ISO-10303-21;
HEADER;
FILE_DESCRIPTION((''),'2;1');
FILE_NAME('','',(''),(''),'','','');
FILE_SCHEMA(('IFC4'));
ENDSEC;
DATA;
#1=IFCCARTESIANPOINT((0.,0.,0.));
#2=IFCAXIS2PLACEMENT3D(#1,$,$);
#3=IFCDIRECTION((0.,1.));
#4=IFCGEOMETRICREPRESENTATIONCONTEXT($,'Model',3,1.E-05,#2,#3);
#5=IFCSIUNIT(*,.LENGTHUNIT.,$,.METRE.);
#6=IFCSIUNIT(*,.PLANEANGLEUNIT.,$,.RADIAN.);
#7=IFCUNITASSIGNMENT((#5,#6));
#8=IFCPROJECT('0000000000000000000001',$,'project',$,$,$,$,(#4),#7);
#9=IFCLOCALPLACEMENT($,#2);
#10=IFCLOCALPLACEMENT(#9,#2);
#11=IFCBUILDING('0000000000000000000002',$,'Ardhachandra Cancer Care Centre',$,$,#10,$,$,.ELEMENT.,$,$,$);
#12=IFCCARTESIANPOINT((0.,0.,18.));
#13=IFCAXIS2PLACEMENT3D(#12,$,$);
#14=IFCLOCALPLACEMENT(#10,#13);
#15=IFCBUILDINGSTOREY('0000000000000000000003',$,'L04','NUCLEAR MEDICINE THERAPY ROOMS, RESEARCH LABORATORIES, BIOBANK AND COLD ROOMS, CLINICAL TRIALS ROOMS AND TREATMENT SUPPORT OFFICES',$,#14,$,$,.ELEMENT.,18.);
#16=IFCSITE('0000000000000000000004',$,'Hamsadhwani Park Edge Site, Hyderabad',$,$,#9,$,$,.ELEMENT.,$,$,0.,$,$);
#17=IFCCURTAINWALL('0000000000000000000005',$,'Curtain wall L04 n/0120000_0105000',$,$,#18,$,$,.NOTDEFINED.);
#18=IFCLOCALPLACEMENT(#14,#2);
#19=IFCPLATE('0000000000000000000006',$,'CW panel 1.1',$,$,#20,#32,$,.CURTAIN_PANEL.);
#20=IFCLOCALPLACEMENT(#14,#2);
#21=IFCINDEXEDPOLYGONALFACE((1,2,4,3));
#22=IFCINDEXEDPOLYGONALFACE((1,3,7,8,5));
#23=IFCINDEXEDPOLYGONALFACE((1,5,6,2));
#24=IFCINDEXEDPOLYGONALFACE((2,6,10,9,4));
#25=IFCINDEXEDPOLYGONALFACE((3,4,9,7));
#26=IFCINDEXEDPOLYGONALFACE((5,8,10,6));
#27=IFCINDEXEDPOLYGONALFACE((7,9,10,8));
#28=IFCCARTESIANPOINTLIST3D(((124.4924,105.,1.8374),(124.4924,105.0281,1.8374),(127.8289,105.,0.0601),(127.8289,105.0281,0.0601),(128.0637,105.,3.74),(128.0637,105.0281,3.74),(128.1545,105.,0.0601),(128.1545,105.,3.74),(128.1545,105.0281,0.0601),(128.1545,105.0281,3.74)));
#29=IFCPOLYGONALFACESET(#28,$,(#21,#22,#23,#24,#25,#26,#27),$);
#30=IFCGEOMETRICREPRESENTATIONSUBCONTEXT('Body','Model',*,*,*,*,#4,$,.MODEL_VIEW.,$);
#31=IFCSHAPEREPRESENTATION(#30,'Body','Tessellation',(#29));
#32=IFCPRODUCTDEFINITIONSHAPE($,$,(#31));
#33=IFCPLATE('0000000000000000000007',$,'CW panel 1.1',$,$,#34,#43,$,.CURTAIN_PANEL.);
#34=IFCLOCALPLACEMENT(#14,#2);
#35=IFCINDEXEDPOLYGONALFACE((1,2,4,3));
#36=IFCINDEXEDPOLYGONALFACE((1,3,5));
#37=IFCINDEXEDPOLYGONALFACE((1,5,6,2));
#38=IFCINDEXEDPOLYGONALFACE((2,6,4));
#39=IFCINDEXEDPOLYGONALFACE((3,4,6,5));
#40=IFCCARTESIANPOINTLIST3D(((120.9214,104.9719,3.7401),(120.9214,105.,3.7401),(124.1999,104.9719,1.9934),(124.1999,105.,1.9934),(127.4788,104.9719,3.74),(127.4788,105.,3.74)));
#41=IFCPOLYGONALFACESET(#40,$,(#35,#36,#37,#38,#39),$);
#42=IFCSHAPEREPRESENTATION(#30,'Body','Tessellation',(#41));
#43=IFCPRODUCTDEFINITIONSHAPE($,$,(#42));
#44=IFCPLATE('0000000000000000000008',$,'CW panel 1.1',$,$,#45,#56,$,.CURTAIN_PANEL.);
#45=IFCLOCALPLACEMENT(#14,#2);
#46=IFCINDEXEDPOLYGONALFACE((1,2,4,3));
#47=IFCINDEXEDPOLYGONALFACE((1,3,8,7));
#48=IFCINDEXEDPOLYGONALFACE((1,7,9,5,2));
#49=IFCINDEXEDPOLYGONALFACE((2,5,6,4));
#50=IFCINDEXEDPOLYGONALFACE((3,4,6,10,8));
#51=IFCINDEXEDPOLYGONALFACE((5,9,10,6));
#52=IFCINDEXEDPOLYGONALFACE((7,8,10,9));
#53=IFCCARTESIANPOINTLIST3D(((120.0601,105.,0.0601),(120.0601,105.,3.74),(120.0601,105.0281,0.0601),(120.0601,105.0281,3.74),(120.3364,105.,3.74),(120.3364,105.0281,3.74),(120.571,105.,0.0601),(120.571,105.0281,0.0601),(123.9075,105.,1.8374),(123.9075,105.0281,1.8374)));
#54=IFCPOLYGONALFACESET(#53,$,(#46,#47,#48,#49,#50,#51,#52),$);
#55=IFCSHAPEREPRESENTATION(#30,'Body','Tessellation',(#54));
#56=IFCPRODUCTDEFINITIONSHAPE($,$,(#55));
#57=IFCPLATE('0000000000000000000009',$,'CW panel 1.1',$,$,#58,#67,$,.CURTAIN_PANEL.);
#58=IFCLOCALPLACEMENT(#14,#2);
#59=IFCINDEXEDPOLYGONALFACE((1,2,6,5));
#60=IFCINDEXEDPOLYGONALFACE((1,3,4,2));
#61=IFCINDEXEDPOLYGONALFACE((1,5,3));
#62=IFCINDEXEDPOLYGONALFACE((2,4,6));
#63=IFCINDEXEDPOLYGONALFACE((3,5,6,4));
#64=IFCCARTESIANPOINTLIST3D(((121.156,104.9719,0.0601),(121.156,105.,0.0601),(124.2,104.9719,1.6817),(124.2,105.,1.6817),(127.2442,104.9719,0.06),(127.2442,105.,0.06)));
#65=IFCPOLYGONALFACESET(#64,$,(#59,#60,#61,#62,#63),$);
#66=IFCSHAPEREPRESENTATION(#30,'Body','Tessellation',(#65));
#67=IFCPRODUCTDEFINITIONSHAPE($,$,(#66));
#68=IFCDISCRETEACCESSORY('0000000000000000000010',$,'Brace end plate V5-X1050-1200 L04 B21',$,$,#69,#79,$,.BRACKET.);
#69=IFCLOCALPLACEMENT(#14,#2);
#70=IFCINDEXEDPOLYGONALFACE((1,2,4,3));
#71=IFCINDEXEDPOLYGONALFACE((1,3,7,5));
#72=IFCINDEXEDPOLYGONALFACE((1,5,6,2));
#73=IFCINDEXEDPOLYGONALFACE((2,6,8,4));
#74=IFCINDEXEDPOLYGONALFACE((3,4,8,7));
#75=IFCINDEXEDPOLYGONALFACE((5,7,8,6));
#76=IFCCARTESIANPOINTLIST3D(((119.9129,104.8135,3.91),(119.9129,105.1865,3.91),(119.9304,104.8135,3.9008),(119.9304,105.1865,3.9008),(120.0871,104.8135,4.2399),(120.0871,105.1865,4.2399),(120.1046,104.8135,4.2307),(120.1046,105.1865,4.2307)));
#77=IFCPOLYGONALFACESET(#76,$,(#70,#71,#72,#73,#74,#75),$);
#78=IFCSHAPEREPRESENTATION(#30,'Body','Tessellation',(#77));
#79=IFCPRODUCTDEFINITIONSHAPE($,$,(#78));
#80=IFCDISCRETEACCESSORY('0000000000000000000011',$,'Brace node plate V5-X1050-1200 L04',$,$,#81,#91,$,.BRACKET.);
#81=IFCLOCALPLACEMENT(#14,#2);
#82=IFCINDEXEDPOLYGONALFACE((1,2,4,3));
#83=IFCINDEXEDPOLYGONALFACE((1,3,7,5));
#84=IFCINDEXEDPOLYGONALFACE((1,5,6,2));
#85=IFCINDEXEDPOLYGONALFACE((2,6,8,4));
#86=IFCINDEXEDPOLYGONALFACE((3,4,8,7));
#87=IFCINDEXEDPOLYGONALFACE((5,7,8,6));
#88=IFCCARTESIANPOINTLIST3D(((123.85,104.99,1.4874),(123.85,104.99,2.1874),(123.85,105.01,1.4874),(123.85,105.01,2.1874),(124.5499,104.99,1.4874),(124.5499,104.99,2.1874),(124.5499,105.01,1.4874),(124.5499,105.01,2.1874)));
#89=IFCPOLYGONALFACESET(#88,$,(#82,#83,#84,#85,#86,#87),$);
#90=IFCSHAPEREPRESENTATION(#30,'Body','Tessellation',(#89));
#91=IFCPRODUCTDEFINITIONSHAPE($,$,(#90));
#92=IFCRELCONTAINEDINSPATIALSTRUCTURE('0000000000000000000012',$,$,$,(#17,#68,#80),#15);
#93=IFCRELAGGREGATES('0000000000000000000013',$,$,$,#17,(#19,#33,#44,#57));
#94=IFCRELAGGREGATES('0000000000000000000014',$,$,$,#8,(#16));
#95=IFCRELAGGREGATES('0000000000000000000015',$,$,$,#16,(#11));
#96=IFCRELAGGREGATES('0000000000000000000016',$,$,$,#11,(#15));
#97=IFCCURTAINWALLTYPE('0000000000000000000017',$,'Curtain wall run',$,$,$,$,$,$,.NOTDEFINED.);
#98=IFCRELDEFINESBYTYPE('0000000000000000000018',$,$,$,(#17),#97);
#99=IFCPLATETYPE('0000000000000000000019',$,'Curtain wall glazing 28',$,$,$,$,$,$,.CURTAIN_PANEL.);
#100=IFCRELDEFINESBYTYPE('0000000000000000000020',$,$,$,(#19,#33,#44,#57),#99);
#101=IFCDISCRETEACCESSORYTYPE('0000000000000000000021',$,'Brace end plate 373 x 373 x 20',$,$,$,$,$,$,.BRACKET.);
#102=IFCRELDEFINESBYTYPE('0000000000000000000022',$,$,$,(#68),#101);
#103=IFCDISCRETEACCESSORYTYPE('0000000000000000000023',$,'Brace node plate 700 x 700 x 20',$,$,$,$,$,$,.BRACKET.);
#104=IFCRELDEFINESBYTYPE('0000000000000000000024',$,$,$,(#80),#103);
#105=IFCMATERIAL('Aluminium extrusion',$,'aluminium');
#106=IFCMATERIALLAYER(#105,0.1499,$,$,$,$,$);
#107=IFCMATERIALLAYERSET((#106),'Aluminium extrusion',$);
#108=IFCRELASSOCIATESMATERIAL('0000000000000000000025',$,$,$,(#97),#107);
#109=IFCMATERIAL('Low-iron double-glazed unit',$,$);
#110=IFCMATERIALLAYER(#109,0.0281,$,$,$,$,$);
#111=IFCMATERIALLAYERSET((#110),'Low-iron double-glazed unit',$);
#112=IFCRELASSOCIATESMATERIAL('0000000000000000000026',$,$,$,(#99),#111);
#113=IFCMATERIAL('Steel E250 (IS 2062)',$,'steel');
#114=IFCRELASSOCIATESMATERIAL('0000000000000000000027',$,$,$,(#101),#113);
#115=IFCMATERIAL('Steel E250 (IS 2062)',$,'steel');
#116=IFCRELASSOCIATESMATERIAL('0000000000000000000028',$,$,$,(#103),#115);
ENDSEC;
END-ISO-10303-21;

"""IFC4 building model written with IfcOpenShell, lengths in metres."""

from ifc_helpers import new_model, si_unit, direction, frame, origin, origin_2d, place, context, subcontext, project, spatial, polyline, rectangle, outline, extrude, material, layer, layer_set, material_profile, profile_set, type_object, element, aggregate, save


model = new_model("IFC4")

# Units and contexts
model_context = context("Model", 3, precision=1e-05, world=origin(), true_north=direction((0.0, 1.0)))
body_context = subcontext(model_context, "Body", "Model", "MODEL_VIEW")
ifc_project = project(units=[si_unit("LENGTHUNIT", "METRE"), si_unit("PLANEANGLEUNIT", "RADIAN")], contexts=[model_context])

# Site, building, storey
site_placement = place(None, origin())
site = spatial("IfcSite", under=ifc_project, at=site_placement, Name="Hamsadhwani Park Edge Site, Hyderabad", CompositionType="ELEMENT", RefElevation=0.0)
building_placement = place(site_placement, origin())
building = spatial("IfcBuilding", under=site, at=building_placement, Name="Ardhachandra Cancer Care Centre", CompositionType="ELEMENT")
storey_placement = place(building_placement, frame((0.0, 0.0, 18.0)))
storey = spatial("IfcBuildingStorey", under=building, at=storey_placement, Name="L04", Description="NUCLEAR MEDICINE THERAPY ROOMS, RESEARCH LABORATORIES, BIOBANK AND COLD ROOMS, CLINICAL TRIALS ROOMS AND TREATMENT SUPPORT OFFICES", CompositionType="ELEMENT", Elevation=18.0)

# Curtain wall, plates
ifc_material_1 = material(Name="Aluminium extrusion", Category="aluminium")
ifc_layer_1 = layer(ifc_material_1, 0.1499)
ifc_layer_set_1 = layer_set([ifc_layer_1], Name="Aluminium extrusion")
curtain_wall_type = type_object("IfcCurtainWallType", Name="Curtain wall run", PredefinedType="NOTDEFINED", material=ifc_layer_set_1)
curtain_wall_placement = place(storey_placement, origin())
curtain_wall = element("IfcCurtainWall", 1, at=curtain_wall_placement, inside=storey, type_object=curtain_wall_type, Name="Curtain wall L04 n/0120000_0105000", PredefinedType="NOTDEFINED")
ifc_material_2 = material(Name="Low-iron double-glazed unit")
ifc_layer_2 = layer(ifc_material_2, 0.0281)
ifc_layer_set_2 = layer_set([ifc_layer_2], Name="Low-iron double-glazed unit")
plate_type = type_object("IfcPlateType", Name="Curtain wall glazing 28", PredefinedType="CURTAIN_PANEL", material=ifc_layer_set_2)
plate_1_placement = place(storey_placement, frame((128.1545, 105.0, 3.74), z_axis=(0.0, 1.0, 0.0), x_axis=(0.0, 0.0, -1.0)))
plate_1 = element("IfcPlate", 2, at=plate_1_placement, type_object=plate_type, Name="CW panel 1.1", PredefinedType="CURTAIN_PANEL", context=body_context, shape_type="SweptSolid", body=[
    extrude(outline(polyline([(0.0, 0.0), (3.6799, 0.0), (3.6799, 0.3257), (1.9026, 3.6621), (0.0, 0.0908), (0.0, 0.0)])), origin(), (0.0, 0.0, 1.0), 0.0281),
])
plate_2_placement = place(storey_placement, frame((127.4788, 105.0, 3.74), z_axis=(0.0, 1.0, 0.0), x_axis=(-0.882589, 0.0, -0.470145)))
plate_2 = element("IfcPlate", 3, at=plate_2_placement, type_object=plate_type, Name="CW panel 1.1", PredefinedType="CURTAIN_PANEL", context=body_context, shape_type="SweptSolid", body=[
    extrude(outline(polyline([(0.0, 0.0), (3.7151, 0.0), (5.7874, 3.083), (0.0, 0.0)])), frame((0.0, 0.0, -0.0281)), (0.0, 0.0, 1.0), 0.0281),
])
plate_3_placement = place(storey_placement, frame((120.0601, 105.0, 0.0601), z_axis=(0.0, 1.0, 0.0), x_axis=(0.0, 0.0, 1.0)))
plate_3 = element("IfcPlate", 4, at=plate_3_placement, type_object=plate_type, Name="CW panel 1.1", PredefinedType="CURTAIN_PANEL", context=body_context, shape_type="SweptSolid", body=[
    extrude(outline(polyline([(0.0, 0.0), (3.6799, 0.0), (3.6799, 0.2764), (1.7773, 3.8474), (0.0, 0.511), (0.0, 0.0)])), origin(), (0.0, 0.0, 1.0), 0.0281),
])
plate_4_placement = place(storey_placement, frame((121.156, 105.0, 0.0601), z_axis=(0.0, 1.0, 0.0), x_axis=(0.882576, 0.0, 0.470169)))
plate_4 = element("IfcPlate", 5, at=plate_4_placement, type_object=plate_type, Name="CW panel 1.1", PredefinedType="CURTAIN_PANEL", context=body_context, shape_type="SweptSolid", body=[
    extrude(outline(polyline([(0.0, 0.0), (3.449, 0.0), (5.3733, 2.8625), (0.0, 0.0)])), frame((0.0, 0.0, -0.0281)), (0.0, 0.0, 1.0), 0.0281),
])
aggregate(curtain_wall, [plate_1, plate_2, plate_3, plate_4])

# Discrete accessories
ifc_material_3 = material(Name="Steel E250 (IS 2062)", Category="steel")
ifc_material_profile_1 = material_profile(ifc_material_3, rectangle(XDim=0.373, YDim=0.373, at=origin_2d()), Name="PL 373x373x20")
ifc_profile_set_1 = profile_set([ifc_material_profile_1], Name="Steel E250 (IS 2062)")
discrete_accessory_type_1 = type_object("IfcDiscreteAccessoryType", Name="Brace end plate 373 x 373 x 20", PredefinedType="BRACKET", material=ifc_profile_set_1)
discrete_accessory_1_placement = place(storey_placement, frame((120.0, 105.0, 4.075), z_axis=(0.884385, 0.0, -0.466759), x_axis=(0.0, 1.0, 0.0)))
element("IfcDiscreteAccessory", 6, at=discrete_accessory_1_placement, inside=storey, type_object=discrete_accessory_type_1, Name="Brace end plate V5-X1050-1200 L04 B21", PredefinedType="BRACKET", context=body_context, shape_type="SweptSolid", body=[
    extrude(rectangle(XDim=0.373, YDim=0.373, at=origin_2d()), origin(), (0.0, 0.0, 1.0), 0.0198),
])
ifc_material_4 = material(Name="Steel E250 (IS 2062)", Category="steel")
ifc_material_profile_2 = material_profile(ifc_material_4, rectangle(XDim=0.7, YDim=0.7, at=origin_2d()), Name="PL 700x700x20")
ifc_profile_set_2 = profile_set([ifc_material_profile_2], Name="Steel E250 (IS 2062)")
discrete_accessory_type_2 = type_object("IfcDiscreteAccessoryType", Name="Brace node plate 700 x 700 x 20", PredefinedType="BRACKET", material=ifc_profile_set_2)
discrete_accessory_2_placement = place(storey_placement, frame((124.2, 104.99, 1.8374), z_axis=(0.0, 1.0, 0.0), x_axis=(-1.0, 0.0, 0.0)))
element("IfcDiscreteAccessory", 7, at=discrete_accessory_2_placement, inside=storey, type_object=discrete_accessory_type_2, Name="Brace node plate V5-X1050-1200 L04", PredefinedType="BRACKET", context=body_context, shape_type="SweptSolid", body=[
    extrude(rectangle(XDim=0.7, YDim=0.7, at=origin_2d()), origin(), (0.0, 0.0, 1.0), 0.02),
])

save(model, "model.ifc")
